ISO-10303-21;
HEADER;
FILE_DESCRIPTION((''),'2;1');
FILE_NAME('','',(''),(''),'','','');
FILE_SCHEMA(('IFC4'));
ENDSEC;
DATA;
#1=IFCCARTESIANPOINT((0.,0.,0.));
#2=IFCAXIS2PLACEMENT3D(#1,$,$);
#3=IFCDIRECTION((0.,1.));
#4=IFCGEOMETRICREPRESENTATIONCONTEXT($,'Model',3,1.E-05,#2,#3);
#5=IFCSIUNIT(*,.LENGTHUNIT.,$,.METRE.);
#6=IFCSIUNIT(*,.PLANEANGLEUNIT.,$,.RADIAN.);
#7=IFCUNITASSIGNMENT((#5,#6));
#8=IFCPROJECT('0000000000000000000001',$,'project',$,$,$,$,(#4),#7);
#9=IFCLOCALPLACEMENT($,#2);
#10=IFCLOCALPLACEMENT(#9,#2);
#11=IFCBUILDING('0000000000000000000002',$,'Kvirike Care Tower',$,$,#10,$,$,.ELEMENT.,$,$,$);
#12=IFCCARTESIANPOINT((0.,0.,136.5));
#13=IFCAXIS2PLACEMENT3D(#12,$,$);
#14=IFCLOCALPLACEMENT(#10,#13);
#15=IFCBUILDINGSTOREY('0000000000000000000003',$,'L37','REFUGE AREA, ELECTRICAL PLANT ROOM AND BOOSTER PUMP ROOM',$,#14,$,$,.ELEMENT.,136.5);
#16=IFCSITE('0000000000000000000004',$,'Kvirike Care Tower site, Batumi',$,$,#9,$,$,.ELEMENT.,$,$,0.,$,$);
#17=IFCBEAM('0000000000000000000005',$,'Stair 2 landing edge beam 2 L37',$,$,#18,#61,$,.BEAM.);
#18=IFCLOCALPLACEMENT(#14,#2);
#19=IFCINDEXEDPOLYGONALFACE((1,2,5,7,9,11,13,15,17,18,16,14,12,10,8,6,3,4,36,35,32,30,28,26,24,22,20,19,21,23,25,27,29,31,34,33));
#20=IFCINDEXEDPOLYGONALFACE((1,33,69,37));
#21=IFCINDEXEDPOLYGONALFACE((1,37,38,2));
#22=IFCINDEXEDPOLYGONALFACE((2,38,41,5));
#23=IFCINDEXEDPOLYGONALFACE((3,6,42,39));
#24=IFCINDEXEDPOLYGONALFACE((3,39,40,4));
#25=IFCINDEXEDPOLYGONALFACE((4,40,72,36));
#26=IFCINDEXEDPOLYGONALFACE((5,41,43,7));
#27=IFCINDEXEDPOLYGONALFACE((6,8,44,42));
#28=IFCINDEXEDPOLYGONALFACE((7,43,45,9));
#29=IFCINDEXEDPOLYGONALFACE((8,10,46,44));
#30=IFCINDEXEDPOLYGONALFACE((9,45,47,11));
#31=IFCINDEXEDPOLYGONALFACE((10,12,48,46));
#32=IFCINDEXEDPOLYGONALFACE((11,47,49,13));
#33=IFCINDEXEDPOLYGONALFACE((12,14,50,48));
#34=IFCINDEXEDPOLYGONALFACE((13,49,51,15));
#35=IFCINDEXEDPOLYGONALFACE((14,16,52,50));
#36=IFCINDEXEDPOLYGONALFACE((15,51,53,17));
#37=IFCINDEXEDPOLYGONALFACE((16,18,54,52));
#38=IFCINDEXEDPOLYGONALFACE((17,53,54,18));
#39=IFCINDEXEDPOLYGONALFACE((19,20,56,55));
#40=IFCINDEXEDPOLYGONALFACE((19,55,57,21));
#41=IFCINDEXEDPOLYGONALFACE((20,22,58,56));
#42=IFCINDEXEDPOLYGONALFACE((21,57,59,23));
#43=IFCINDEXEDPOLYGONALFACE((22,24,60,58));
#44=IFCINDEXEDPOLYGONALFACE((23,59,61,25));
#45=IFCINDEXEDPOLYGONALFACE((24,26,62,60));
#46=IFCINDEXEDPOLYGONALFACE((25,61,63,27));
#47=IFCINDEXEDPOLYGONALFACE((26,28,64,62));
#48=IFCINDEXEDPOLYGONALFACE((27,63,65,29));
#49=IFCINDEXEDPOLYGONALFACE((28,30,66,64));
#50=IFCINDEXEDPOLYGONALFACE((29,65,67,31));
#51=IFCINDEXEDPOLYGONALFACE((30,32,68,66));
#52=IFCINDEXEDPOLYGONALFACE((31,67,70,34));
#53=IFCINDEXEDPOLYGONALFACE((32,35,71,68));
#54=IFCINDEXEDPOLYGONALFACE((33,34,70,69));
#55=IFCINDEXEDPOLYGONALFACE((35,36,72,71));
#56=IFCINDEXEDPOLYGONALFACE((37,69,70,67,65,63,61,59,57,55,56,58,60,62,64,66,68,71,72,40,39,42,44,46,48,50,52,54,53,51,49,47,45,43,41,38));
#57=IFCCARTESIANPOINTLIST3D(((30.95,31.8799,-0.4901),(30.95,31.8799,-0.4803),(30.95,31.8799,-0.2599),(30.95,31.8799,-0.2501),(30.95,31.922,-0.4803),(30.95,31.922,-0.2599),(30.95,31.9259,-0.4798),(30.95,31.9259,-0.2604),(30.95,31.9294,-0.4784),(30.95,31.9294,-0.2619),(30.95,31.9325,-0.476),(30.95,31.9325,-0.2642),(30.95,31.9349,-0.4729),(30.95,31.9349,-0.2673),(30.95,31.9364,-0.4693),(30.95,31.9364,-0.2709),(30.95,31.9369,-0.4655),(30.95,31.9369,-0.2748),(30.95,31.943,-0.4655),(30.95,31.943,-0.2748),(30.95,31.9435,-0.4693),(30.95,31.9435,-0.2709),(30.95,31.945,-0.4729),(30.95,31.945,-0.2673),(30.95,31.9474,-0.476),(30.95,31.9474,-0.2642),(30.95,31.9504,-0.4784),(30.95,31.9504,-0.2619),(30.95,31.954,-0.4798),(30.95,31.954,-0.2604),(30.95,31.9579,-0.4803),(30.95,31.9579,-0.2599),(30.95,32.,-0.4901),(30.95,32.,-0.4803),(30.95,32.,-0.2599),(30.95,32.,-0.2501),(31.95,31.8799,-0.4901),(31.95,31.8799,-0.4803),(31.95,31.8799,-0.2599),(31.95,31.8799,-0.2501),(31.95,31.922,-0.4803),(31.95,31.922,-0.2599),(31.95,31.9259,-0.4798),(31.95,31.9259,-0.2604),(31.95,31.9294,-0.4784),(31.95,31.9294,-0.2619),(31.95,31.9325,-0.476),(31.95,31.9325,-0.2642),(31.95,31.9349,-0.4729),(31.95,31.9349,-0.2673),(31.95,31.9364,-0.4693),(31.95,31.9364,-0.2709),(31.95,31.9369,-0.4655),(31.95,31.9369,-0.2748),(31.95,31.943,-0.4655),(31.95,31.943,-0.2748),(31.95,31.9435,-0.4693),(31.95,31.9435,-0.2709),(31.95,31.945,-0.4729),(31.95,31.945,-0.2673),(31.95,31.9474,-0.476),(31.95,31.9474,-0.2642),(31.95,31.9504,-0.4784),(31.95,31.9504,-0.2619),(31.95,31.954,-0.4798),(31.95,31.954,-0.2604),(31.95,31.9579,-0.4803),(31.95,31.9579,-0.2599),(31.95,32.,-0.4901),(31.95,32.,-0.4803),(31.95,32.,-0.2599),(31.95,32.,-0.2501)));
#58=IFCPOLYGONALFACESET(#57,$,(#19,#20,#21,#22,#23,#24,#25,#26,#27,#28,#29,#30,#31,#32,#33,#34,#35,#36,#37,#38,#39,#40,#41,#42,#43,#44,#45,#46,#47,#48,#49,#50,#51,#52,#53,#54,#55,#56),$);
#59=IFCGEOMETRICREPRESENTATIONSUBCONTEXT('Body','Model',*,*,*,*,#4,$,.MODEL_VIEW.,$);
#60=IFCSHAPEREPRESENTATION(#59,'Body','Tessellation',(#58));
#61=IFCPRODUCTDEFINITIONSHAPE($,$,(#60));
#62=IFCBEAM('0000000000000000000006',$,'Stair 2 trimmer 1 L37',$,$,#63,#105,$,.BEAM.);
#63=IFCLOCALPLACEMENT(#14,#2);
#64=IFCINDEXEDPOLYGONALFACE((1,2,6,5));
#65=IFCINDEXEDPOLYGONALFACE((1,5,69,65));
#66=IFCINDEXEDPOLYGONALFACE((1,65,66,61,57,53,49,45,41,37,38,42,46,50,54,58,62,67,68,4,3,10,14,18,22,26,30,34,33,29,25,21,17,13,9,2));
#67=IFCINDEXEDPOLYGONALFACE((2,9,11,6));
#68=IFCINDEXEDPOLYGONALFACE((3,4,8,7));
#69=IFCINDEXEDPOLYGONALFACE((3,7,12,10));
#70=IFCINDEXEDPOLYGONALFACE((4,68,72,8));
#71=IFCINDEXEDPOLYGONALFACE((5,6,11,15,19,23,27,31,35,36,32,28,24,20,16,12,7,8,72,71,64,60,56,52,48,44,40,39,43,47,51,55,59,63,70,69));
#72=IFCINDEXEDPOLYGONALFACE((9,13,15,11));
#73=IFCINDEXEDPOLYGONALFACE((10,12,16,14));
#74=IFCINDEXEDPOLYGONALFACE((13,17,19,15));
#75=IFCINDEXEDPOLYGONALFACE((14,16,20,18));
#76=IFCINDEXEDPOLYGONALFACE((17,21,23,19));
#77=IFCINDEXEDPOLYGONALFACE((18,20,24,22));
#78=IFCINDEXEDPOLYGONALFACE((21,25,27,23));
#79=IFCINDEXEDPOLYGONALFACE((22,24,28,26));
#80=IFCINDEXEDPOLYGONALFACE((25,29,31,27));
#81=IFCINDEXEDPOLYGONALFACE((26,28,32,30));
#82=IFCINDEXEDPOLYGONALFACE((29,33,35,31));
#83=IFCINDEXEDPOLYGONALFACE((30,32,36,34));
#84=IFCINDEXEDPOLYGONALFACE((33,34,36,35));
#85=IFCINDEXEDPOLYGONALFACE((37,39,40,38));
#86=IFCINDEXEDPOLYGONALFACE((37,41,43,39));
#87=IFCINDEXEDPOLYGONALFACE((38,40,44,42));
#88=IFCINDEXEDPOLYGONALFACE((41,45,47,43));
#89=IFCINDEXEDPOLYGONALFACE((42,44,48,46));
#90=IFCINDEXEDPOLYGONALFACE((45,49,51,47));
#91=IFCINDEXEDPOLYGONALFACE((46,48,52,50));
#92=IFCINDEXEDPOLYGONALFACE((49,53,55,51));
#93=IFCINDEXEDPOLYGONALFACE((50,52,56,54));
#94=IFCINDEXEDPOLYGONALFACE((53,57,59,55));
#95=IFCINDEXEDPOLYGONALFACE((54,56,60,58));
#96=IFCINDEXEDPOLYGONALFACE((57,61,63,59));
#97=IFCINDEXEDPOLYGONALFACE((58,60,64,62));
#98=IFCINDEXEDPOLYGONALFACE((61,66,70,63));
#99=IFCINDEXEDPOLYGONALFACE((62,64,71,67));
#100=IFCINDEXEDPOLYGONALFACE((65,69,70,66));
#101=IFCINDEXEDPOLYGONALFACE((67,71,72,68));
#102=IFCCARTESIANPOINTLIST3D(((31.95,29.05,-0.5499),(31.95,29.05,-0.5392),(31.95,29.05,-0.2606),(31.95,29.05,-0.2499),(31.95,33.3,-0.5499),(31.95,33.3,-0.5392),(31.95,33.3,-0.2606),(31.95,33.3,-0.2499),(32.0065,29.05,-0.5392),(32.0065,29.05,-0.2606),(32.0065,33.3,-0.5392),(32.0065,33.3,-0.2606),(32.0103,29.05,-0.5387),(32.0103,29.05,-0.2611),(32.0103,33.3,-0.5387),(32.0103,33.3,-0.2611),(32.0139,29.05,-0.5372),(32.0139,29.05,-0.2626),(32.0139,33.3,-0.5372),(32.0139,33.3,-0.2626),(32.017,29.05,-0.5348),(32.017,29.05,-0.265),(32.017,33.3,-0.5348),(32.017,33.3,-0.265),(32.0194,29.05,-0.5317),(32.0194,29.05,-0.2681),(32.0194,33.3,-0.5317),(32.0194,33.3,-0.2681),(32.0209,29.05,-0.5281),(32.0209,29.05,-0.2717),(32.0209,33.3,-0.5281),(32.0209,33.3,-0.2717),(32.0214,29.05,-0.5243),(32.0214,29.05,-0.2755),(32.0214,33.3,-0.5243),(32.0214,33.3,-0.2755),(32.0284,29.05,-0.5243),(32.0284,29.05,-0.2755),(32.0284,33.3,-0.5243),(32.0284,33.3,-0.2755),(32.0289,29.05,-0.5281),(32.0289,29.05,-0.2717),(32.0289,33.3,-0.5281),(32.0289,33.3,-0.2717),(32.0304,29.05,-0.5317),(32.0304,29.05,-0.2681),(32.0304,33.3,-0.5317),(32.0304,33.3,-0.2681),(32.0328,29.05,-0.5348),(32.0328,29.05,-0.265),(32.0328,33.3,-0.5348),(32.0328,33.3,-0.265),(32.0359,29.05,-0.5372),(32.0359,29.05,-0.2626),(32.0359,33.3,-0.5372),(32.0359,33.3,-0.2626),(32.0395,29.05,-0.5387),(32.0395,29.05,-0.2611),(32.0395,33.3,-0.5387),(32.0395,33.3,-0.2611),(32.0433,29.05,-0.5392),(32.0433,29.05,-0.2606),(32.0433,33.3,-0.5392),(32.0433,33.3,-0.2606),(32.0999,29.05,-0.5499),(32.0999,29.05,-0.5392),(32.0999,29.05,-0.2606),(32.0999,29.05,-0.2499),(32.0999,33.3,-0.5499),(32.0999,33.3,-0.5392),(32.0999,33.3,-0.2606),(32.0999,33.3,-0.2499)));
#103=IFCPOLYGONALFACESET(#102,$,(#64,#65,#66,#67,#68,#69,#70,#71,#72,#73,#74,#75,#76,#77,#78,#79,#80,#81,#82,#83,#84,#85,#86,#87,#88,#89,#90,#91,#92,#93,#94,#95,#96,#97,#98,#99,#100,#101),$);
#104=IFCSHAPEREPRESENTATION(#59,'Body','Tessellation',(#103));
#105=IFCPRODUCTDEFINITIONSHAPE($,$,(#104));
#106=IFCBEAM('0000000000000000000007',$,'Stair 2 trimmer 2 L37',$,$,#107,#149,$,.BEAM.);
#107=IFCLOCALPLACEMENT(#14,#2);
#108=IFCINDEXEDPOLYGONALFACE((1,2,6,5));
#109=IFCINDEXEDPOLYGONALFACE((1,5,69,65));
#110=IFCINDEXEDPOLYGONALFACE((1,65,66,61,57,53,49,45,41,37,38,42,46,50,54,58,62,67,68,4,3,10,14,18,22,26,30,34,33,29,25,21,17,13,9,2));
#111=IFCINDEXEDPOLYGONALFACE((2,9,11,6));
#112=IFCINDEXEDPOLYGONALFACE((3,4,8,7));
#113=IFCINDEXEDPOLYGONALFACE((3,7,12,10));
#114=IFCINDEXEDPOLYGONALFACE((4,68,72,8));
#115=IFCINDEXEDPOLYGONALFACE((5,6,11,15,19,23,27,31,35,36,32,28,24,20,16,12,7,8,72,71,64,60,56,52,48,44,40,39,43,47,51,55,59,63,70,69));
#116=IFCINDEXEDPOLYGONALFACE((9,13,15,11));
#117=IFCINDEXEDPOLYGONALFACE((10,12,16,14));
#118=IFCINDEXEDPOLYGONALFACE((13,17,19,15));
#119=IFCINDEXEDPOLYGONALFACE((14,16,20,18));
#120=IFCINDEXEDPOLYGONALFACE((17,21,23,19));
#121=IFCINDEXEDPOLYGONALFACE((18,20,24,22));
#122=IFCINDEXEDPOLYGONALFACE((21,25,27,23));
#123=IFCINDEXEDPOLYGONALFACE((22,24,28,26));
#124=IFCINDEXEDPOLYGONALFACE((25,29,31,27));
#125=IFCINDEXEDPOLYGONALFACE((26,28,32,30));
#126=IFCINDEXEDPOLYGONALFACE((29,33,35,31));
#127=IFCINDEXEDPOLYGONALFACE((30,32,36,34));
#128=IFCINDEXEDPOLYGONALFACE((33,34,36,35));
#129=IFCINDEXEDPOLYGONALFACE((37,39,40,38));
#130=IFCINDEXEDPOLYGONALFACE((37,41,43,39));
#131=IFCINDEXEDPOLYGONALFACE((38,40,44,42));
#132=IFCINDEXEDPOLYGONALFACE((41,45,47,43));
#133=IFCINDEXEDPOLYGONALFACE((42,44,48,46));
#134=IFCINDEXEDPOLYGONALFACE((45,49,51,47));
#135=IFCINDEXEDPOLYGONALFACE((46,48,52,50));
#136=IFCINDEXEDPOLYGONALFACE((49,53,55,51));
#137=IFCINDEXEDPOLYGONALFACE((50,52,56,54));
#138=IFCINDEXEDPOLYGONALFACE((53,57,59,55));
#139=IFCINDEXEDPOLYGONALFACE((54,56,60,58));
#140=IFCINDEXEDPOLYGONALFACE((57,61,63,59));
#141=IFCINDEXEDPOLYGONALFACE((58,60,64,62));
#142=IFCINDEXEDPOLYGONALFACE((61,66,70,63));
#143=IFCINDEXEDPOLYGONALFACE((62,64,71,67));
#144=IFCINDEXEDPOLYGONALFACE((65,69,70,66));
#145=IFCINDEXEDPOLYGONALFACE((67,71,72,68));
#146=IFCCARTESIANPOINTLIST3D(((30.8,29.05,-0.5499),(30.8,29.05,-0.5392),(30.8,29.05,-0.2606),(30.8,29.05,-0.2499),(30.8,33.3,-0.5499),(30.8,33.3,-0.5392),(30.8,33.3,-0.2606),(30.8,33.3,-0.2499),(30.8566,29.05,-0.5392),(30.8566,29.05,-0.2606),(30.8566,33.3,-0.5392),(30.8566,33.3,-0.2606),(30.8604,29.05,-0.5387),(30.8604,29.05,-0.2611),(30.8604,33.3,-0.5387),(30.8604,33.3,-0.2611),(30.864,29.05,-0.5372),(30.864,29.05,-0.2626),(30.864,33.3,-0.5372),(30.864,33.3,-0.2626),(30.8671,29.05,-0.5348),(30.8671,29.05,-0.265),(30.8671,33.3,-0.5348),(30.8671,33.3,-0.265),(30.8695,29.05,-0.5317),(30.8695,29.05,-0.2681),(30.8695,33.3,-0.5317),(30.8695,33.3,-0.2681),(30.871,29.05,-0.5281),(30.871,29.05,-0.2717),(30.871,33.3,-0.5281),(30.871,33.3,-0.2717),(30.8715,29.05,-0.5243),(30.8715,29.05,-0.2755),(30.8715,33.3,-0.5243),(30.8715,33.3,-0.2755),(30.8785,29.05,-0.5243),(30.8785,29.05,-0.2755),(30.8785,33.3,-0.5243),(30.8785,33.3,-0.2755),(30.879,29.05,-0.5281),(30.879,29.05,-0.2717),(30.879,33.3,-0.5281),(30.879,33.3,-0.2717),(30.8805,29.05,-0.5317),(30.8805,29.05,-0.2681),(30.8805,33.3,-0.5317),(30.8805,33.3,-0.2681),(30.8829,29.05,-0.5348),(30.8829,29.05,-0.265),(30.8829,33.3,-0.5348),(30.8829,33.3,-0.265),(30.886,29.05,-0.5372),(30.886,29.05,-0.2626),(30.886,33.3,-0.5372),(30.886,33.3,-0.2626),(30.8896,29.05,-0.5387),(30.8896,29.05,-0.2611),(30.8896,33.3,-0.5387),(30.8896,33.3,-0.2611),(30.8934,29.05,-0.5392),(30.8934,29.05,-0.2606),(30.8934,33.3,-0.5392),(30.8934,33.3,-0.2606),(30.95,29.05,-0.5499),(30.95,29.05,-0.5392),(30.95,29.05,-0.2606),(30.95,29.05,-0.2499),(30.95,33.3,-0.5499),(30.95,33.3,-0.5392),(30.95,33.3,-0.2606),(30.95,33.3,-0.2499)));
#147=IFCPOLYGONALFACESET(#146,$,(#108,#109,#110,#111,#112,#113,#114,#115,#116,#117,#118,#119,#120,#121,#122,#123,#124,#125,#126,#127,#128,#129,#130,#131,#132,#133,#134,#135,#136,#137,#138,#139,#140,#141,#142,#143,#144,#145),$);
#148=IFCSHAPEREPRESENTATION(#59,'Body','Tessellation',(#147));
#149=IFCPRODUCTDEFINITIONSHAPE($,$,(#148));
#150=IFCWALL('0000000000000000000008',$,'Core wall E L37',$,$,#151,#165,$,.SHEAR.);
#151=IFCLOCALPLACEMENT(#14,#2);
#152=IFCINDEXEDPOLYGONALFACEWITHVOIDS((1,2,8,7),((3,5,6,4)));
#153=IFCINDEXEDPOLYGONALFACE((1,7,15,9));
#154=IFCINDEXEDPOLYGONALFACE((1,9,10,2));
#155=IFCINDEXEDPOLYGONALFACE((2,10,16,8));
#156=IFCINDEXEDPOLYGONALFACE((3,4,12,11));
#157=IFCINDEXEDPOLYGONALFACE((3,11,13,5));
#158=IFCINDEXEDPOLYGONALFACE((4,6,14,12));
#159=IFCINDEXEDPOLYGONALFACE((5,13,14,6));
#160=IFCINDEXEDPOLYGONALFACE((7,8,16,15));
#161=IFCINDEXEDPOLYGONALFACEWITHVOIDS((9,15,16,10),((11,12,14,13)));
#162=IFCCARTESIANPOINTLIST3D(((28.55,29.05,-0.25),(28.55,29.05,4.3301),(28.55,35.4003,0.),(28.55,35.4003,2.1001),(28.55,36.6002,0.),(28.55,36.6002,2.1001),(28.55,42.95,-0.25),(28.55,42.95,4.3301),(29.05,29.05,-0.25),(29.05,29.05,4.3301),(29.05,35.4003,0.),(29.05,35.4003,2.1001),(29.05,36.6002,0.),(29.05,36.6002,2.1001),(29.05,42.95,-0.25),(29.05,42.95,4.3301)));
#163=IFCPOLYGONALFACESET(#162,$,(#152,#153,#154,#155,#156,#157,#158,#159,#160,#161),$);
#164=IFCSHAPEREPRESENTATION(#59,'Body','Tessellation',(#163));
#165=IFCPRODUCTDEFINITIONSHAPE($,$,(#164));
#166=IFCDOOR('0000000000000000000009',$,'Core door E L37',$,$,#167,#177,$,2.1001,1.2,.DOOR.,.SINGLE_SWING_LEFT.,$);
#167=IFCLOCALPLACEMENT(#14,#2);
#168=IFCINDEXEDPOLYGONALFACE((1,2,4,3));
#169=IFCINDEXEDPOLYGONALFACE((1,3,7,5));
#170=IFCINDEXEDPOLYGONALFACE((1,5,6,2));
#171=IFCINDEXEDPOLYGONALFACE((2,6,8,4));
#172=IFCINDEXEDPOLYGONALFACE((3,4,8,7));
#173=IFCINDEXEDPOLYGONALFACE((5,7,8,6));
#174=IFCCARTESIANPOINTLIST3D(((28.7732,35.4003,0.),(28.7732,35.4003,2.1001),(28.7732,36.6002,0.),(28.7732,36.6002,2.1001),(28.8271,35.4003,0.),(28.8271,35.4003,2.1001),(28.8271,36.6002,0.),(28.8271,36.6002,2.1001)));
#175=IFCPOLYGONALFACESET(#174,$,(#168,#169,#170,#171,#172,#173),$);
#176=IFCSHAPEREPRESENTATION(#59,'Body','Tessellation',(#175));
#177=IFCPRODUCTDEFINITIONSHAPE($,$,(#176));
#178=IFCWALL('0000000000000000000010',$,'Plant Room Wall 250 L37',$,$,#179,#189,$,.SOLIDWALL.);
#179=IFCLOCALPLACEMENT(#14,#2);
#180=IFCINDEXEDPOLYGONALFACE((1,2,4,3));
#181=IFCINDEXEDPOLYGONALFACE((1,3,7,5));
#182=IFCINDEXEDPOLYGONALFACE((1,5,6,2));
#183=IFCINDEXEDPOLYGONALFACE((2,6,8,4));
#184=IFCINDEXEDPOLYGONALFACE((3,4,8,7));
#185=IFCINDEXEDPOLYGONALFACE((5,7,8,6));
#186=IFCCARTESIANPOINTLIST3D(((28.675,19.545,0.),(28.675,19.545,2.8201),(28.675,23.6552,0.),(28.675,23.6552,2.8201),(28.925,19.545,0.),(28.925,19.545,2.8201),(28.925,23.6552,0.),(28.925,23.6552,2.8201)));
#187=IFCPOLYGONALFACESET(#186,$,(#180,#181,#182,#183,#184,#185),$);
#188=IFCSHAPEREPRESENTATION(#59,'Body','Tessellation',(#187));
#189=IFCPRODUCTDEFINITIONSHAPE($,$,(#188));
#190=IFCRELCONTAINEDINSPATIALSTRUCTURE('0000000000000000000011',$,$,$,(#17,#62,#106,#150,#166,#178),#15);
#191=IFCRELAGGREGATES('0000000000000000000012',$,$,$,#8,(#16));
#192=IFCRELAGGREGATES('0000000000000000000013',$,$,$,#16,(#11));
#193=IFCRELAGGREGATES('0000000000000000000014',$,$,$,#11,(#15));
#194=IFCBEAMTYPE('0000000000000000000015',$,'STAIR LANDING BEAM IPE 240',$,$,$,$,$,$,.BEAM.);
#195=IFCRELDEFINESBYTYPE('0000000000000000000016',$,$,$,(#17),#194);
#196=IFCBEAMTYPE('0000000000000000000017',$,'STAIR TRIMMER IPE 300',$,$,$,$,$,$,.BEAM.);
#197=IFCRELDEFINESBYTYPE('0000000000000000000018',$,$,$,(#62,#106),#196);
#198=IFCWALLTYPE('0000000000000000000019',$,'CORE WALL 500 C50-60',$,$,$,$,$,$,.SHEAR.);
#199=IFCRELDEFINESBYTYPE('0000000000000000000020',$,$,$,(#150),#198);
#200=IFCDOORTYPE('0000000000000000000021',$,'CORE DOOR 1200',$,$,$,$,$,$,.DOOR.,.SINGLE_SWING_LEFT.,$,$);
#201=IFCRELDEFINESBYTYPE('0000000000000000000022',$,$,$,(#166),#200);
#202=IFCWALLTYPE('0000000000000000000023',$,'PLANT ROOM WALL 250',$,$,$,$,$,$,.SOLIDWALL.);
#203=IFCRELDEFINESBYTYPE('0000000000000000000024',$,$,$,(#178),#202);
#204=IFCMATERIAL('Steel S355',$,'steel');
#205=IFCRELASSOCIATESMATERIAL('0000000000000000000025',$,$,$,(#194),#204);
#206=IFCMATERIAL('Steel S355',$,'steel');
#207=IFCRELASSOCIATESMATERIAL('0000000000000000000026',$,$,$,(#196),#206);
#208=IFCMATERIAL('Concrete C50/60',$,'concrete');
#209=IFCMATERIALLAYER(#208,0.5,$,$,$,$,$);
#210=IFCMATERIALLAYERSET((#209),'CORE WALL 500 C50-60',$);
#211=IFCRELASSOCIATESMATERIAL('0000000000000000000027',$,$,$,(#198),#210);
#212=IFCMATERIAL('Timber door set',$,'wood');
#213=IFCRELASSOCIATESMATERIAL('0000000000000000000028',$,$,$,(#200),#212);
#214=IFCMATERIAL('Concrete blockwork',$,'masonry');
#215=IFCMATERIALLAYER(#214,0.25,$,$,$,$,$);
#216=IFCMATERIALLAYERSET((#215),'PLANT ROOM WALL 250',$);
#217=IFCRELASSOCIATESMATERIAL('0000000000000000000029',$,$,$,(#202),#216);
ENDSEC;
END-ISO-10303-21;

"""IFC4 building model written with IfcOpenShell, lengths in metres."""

from ifc_helpers import new_model, si_unit, direction, frame, frame_2d, origin, origin_2d, place, context, subcontext, project, spatial, rectangle, i_section, extrude, material, layer, layer_set, material_profile, profile_set, type_object, element, fill, save


model = new_model("IFC4")

# Units and contexts
model_context = context("Model", 3, precision=1e-05, world=origin(), true_north=direction((0.0, 1.0)))
body_context = subcontext(model_context, "Body", "Model", "MODEL_VIEW")
ifc_project = project(units=[si_unit("LENGTHUNIT", "METRE"), si_unit("PLANEANGLEUNIT", "RADIAN")], contexts=[model_context])

# Site, building, storey
site_placement = place(None, origin())
site = spatial("IfcSite", under=ifc_project, at=site_placement, Name="Kvirike Care Tower site, Batumi", CompositionType="ELEMENT", RefElevation=0.0)
building_placement = place(site_placement, origin())
building = spatial("IfcBuilding", under=site, at=building_placement, Name="Kvirike Care Tower", CompositionType="ELEMENT")
storey_placement = place(building_placement, frame((0.0, 0.0, 136.5)))
storey = spatial("IfcBuildingStorey", under=building, at=storey_placement, Name="L37", Description="REFUGE AREA, ELECTRICAL PLANT ROOM AND BOOSTER PUMP ROOM", CompositionType="ELEMENT", Elevation=136.5)

# Beams
ifc_material_1 = material(Name="Steel S355", Category="steel")
ifc_material_profile_1 = material_profile(ifc_material_1, i_section(OverallWidth=0.1201, OverallDepth=0.24, WebThickness=0.0061, FlangeThickness=0.0098, FilletRadius=0.0149, at=origin_2d()), Name="IPE 240")
ifc_profile_set_1 = profile_set([ifc_material_profile_1], Name="Steel S355")
beam_type_1 = type_object("IfcBeamType", Name="STAIR LANDING BEAM IPE 240", PredefinedType="BEAM", material=ifc_profile_set_1)
for number, where, z_axis, x_axis, name in (
    (1, (31.95, 31.9399, -0.3701), (-1.0, 0.0, 0.0), (0.0, -1.0, 0.0), "Stair 2 landing edge beam 2 L37"),
):
    element("IfcBeam", number, at=place(storey_placement, frame(where, z_axis=z_axis, x_axis=x_axis)), inside=storey, type_object=beam_type_1, Name=name, PredefinedType="BEAM", context=body_context, shape_type="SweptSolid", body=[
        extrude(i_section(OverallWidth=0.1201, OverallDepth=0.24, WebThickness=0.0061, FlangeThickness=0.0098, FilletRadius=0.0149, at=origin_2d()), origin(), (0.0, 0.0, 1.0), 1.0),
    ])
ifc_material_2 = material(Name="Steel S355", Category="steel")
ifc_material_profile_2 = material_profile(ifc_material_2, i_section(OverallWidth=0.1499, OverallDepth=0.3, WebThickness=0.0071, FlangeThickness=0.0107, FilletRadius=0.0149, at=origin_2d()), Name="IPE 300")
ifc_profile_set_2 = profile_set([ifc_material_profile_2], Name="Steel S355")
beam_type_2 = type_object("IfcBeamType", Name="STAIR TRIMMER IPE 300", PredefinedType="BEAM", material=ifc_profile_set_2)
for number, where, z_axis, x_axis, name in (
    (2, (32.0249, 29.05, -0.3999), (0.0, 1.0, 0.0), (-1.0, 0.0, 0.0), "Stair 2 trimmer 1 L37"),
    (3, (30.875, 29.05, -0.3999), (0.0, 1.0, 0.0), (-1.0, 0.0, 0.0), "Stair 2 trimmer 2 L37"),
):
    element("IfcBeam", number, at=place(storey_placement, frame(where, z_axis=z_axis, x_axis=x_axis)), inside=storey, type_object=beam_type_2, Name=name, PredefinedType="BEAM", context=body_context, shape_type="SweptSolid", body=[
        extrude(i_section(OverallWidth=0.1499, OverallDepth=0.3, WebThickness=0.0071, FlangeThickness=0.0107, FilletRadius=0.0149, at=origin_2d()), origin(), (0.0, 0.0, 1.0), 4.25),
    ])

# Wall, opening, door
ifc_material_3 = material(Name="Concrete C50/60", Category="concrete")
ifc_layer_1 = layer(ifc_material_3, 0.5)
ifc_layer_set_1 = layer_set([ifc_layer_1], Name="CORE WALL 500 C50-60")
wall_type_1 = type_object("IfcWallType", Name="CORE WALL 500 C50-60", PredefinedType="SHEAR", material=ifc_layer_set_1)
wall_1_placement = place(storey_placement, frame((28.8, 29.05, -0.25), z_axis=(0.0, 0.0, 1.0), x_axis=(0.0, 1.0, 0.0)))
wall_1 = element("IfcWall", 4, at=wall_1_placement, inside=storey, type_object=wall_type_1, Name="Core wall E L37", PredefinedType="SHEAR", context=body_context, shape_type="SweptSolid", body=[
    extrude(rectangle(XDim=13.8999, YDim=0.5, at=frame_2d((6.95, 0.0))), origin(), (0.0, 0.0, 1.0), 4.5801),
])
opening_1_placement = place(wall_1_placement, frame((6.3501, 0.0, 0.25)))
opening_1 = element("IfcOpeningElement", 5, at=opening_1_placement, cuts=wall_1, PredefinedType="OPENING", context=body_context, shape_type="SweptSolid", body=[
    extrude(rectangle(XDim=1.2, YDim=2.1001, at=frame_2d((0.6001, 1.05))), frame((0.0, 0.2605, 0.0), z_axis=(0.0, -1.0, 0.0), x_axis=(1.0, 0.0, 0.0)), (0.0, 0.0, 1.0), 0.521),
])
ifc_material_4 = material(Name="Timber door set", Category="wood")
door_type_1 = type_object("IfcDoorType", Name="CORE DOOR 1200", OperationType="SINGLE_SWING_LEFT", PredefinedType="DOOR", material=ifc_material_4)
door_1_placement = place(opening_1_placement, origin())
door_1 = element("IfcDoor", 6, at=door_1_placement, inside=storey, type_object=door_type_1, Name="Core door E L37", OperationType="SINGLE_SWING_LEFT", OverallHeight=2.1001, OverallWidth=1.2, PredefinedType="DOOR", context=body_context, shape_type="SweptSolid", body=[
    extrude(rectangle(XDim=1.2, YDim=2.1001, at=frame_2d((0.6001, 1.05))), frame((0.0, 0.0269, 0.0), z_axis=(0.0, -1.0, 0.0), x_axis=(1.0, 0.0, 0.0)), (0.0, 0.0, 1.0), 0.054),
])
fill(opening_1, door_1)
ifc_material_5 = material(Name="Concrete blockwork", Category="masonry")
ifc_layer_2 = layer(ifc_material_5, 0.25)
ifc_layer_set_2 = layer_set([ifc_layer_2], Name="PLANT ROOM WALL 250")
wall_type_2 = type_object("IfcWallType", Name="PLANT ROOM WALL 250", PredefinedType="SOLIDWALL", material=ifc_layer_set_2)

# Wall
wall_2_placement = place(storey_placement, frame((28.8, 19.5449, 0.0), z_axis=(0.0, 0.0, 1.0), x_axis=(0.0, 1.0, 0.0)))
element("IfcWall", 7, at=wall_2_placement, inside=storey, type_object=wall_type_2, Name="Plant Room Wall 250 L37", PredefinedType="SOLIDWALL", context=body_context, shape_type="SweptSolid", body=[
    extrude(rectangle(XDim=4.1101, YDim=0.25, at=frame_2d((2.0552, 0.0))), origin(), (0.0, 0.0, 1.0), 2.8201),
])

save(model, "model.ifc")
